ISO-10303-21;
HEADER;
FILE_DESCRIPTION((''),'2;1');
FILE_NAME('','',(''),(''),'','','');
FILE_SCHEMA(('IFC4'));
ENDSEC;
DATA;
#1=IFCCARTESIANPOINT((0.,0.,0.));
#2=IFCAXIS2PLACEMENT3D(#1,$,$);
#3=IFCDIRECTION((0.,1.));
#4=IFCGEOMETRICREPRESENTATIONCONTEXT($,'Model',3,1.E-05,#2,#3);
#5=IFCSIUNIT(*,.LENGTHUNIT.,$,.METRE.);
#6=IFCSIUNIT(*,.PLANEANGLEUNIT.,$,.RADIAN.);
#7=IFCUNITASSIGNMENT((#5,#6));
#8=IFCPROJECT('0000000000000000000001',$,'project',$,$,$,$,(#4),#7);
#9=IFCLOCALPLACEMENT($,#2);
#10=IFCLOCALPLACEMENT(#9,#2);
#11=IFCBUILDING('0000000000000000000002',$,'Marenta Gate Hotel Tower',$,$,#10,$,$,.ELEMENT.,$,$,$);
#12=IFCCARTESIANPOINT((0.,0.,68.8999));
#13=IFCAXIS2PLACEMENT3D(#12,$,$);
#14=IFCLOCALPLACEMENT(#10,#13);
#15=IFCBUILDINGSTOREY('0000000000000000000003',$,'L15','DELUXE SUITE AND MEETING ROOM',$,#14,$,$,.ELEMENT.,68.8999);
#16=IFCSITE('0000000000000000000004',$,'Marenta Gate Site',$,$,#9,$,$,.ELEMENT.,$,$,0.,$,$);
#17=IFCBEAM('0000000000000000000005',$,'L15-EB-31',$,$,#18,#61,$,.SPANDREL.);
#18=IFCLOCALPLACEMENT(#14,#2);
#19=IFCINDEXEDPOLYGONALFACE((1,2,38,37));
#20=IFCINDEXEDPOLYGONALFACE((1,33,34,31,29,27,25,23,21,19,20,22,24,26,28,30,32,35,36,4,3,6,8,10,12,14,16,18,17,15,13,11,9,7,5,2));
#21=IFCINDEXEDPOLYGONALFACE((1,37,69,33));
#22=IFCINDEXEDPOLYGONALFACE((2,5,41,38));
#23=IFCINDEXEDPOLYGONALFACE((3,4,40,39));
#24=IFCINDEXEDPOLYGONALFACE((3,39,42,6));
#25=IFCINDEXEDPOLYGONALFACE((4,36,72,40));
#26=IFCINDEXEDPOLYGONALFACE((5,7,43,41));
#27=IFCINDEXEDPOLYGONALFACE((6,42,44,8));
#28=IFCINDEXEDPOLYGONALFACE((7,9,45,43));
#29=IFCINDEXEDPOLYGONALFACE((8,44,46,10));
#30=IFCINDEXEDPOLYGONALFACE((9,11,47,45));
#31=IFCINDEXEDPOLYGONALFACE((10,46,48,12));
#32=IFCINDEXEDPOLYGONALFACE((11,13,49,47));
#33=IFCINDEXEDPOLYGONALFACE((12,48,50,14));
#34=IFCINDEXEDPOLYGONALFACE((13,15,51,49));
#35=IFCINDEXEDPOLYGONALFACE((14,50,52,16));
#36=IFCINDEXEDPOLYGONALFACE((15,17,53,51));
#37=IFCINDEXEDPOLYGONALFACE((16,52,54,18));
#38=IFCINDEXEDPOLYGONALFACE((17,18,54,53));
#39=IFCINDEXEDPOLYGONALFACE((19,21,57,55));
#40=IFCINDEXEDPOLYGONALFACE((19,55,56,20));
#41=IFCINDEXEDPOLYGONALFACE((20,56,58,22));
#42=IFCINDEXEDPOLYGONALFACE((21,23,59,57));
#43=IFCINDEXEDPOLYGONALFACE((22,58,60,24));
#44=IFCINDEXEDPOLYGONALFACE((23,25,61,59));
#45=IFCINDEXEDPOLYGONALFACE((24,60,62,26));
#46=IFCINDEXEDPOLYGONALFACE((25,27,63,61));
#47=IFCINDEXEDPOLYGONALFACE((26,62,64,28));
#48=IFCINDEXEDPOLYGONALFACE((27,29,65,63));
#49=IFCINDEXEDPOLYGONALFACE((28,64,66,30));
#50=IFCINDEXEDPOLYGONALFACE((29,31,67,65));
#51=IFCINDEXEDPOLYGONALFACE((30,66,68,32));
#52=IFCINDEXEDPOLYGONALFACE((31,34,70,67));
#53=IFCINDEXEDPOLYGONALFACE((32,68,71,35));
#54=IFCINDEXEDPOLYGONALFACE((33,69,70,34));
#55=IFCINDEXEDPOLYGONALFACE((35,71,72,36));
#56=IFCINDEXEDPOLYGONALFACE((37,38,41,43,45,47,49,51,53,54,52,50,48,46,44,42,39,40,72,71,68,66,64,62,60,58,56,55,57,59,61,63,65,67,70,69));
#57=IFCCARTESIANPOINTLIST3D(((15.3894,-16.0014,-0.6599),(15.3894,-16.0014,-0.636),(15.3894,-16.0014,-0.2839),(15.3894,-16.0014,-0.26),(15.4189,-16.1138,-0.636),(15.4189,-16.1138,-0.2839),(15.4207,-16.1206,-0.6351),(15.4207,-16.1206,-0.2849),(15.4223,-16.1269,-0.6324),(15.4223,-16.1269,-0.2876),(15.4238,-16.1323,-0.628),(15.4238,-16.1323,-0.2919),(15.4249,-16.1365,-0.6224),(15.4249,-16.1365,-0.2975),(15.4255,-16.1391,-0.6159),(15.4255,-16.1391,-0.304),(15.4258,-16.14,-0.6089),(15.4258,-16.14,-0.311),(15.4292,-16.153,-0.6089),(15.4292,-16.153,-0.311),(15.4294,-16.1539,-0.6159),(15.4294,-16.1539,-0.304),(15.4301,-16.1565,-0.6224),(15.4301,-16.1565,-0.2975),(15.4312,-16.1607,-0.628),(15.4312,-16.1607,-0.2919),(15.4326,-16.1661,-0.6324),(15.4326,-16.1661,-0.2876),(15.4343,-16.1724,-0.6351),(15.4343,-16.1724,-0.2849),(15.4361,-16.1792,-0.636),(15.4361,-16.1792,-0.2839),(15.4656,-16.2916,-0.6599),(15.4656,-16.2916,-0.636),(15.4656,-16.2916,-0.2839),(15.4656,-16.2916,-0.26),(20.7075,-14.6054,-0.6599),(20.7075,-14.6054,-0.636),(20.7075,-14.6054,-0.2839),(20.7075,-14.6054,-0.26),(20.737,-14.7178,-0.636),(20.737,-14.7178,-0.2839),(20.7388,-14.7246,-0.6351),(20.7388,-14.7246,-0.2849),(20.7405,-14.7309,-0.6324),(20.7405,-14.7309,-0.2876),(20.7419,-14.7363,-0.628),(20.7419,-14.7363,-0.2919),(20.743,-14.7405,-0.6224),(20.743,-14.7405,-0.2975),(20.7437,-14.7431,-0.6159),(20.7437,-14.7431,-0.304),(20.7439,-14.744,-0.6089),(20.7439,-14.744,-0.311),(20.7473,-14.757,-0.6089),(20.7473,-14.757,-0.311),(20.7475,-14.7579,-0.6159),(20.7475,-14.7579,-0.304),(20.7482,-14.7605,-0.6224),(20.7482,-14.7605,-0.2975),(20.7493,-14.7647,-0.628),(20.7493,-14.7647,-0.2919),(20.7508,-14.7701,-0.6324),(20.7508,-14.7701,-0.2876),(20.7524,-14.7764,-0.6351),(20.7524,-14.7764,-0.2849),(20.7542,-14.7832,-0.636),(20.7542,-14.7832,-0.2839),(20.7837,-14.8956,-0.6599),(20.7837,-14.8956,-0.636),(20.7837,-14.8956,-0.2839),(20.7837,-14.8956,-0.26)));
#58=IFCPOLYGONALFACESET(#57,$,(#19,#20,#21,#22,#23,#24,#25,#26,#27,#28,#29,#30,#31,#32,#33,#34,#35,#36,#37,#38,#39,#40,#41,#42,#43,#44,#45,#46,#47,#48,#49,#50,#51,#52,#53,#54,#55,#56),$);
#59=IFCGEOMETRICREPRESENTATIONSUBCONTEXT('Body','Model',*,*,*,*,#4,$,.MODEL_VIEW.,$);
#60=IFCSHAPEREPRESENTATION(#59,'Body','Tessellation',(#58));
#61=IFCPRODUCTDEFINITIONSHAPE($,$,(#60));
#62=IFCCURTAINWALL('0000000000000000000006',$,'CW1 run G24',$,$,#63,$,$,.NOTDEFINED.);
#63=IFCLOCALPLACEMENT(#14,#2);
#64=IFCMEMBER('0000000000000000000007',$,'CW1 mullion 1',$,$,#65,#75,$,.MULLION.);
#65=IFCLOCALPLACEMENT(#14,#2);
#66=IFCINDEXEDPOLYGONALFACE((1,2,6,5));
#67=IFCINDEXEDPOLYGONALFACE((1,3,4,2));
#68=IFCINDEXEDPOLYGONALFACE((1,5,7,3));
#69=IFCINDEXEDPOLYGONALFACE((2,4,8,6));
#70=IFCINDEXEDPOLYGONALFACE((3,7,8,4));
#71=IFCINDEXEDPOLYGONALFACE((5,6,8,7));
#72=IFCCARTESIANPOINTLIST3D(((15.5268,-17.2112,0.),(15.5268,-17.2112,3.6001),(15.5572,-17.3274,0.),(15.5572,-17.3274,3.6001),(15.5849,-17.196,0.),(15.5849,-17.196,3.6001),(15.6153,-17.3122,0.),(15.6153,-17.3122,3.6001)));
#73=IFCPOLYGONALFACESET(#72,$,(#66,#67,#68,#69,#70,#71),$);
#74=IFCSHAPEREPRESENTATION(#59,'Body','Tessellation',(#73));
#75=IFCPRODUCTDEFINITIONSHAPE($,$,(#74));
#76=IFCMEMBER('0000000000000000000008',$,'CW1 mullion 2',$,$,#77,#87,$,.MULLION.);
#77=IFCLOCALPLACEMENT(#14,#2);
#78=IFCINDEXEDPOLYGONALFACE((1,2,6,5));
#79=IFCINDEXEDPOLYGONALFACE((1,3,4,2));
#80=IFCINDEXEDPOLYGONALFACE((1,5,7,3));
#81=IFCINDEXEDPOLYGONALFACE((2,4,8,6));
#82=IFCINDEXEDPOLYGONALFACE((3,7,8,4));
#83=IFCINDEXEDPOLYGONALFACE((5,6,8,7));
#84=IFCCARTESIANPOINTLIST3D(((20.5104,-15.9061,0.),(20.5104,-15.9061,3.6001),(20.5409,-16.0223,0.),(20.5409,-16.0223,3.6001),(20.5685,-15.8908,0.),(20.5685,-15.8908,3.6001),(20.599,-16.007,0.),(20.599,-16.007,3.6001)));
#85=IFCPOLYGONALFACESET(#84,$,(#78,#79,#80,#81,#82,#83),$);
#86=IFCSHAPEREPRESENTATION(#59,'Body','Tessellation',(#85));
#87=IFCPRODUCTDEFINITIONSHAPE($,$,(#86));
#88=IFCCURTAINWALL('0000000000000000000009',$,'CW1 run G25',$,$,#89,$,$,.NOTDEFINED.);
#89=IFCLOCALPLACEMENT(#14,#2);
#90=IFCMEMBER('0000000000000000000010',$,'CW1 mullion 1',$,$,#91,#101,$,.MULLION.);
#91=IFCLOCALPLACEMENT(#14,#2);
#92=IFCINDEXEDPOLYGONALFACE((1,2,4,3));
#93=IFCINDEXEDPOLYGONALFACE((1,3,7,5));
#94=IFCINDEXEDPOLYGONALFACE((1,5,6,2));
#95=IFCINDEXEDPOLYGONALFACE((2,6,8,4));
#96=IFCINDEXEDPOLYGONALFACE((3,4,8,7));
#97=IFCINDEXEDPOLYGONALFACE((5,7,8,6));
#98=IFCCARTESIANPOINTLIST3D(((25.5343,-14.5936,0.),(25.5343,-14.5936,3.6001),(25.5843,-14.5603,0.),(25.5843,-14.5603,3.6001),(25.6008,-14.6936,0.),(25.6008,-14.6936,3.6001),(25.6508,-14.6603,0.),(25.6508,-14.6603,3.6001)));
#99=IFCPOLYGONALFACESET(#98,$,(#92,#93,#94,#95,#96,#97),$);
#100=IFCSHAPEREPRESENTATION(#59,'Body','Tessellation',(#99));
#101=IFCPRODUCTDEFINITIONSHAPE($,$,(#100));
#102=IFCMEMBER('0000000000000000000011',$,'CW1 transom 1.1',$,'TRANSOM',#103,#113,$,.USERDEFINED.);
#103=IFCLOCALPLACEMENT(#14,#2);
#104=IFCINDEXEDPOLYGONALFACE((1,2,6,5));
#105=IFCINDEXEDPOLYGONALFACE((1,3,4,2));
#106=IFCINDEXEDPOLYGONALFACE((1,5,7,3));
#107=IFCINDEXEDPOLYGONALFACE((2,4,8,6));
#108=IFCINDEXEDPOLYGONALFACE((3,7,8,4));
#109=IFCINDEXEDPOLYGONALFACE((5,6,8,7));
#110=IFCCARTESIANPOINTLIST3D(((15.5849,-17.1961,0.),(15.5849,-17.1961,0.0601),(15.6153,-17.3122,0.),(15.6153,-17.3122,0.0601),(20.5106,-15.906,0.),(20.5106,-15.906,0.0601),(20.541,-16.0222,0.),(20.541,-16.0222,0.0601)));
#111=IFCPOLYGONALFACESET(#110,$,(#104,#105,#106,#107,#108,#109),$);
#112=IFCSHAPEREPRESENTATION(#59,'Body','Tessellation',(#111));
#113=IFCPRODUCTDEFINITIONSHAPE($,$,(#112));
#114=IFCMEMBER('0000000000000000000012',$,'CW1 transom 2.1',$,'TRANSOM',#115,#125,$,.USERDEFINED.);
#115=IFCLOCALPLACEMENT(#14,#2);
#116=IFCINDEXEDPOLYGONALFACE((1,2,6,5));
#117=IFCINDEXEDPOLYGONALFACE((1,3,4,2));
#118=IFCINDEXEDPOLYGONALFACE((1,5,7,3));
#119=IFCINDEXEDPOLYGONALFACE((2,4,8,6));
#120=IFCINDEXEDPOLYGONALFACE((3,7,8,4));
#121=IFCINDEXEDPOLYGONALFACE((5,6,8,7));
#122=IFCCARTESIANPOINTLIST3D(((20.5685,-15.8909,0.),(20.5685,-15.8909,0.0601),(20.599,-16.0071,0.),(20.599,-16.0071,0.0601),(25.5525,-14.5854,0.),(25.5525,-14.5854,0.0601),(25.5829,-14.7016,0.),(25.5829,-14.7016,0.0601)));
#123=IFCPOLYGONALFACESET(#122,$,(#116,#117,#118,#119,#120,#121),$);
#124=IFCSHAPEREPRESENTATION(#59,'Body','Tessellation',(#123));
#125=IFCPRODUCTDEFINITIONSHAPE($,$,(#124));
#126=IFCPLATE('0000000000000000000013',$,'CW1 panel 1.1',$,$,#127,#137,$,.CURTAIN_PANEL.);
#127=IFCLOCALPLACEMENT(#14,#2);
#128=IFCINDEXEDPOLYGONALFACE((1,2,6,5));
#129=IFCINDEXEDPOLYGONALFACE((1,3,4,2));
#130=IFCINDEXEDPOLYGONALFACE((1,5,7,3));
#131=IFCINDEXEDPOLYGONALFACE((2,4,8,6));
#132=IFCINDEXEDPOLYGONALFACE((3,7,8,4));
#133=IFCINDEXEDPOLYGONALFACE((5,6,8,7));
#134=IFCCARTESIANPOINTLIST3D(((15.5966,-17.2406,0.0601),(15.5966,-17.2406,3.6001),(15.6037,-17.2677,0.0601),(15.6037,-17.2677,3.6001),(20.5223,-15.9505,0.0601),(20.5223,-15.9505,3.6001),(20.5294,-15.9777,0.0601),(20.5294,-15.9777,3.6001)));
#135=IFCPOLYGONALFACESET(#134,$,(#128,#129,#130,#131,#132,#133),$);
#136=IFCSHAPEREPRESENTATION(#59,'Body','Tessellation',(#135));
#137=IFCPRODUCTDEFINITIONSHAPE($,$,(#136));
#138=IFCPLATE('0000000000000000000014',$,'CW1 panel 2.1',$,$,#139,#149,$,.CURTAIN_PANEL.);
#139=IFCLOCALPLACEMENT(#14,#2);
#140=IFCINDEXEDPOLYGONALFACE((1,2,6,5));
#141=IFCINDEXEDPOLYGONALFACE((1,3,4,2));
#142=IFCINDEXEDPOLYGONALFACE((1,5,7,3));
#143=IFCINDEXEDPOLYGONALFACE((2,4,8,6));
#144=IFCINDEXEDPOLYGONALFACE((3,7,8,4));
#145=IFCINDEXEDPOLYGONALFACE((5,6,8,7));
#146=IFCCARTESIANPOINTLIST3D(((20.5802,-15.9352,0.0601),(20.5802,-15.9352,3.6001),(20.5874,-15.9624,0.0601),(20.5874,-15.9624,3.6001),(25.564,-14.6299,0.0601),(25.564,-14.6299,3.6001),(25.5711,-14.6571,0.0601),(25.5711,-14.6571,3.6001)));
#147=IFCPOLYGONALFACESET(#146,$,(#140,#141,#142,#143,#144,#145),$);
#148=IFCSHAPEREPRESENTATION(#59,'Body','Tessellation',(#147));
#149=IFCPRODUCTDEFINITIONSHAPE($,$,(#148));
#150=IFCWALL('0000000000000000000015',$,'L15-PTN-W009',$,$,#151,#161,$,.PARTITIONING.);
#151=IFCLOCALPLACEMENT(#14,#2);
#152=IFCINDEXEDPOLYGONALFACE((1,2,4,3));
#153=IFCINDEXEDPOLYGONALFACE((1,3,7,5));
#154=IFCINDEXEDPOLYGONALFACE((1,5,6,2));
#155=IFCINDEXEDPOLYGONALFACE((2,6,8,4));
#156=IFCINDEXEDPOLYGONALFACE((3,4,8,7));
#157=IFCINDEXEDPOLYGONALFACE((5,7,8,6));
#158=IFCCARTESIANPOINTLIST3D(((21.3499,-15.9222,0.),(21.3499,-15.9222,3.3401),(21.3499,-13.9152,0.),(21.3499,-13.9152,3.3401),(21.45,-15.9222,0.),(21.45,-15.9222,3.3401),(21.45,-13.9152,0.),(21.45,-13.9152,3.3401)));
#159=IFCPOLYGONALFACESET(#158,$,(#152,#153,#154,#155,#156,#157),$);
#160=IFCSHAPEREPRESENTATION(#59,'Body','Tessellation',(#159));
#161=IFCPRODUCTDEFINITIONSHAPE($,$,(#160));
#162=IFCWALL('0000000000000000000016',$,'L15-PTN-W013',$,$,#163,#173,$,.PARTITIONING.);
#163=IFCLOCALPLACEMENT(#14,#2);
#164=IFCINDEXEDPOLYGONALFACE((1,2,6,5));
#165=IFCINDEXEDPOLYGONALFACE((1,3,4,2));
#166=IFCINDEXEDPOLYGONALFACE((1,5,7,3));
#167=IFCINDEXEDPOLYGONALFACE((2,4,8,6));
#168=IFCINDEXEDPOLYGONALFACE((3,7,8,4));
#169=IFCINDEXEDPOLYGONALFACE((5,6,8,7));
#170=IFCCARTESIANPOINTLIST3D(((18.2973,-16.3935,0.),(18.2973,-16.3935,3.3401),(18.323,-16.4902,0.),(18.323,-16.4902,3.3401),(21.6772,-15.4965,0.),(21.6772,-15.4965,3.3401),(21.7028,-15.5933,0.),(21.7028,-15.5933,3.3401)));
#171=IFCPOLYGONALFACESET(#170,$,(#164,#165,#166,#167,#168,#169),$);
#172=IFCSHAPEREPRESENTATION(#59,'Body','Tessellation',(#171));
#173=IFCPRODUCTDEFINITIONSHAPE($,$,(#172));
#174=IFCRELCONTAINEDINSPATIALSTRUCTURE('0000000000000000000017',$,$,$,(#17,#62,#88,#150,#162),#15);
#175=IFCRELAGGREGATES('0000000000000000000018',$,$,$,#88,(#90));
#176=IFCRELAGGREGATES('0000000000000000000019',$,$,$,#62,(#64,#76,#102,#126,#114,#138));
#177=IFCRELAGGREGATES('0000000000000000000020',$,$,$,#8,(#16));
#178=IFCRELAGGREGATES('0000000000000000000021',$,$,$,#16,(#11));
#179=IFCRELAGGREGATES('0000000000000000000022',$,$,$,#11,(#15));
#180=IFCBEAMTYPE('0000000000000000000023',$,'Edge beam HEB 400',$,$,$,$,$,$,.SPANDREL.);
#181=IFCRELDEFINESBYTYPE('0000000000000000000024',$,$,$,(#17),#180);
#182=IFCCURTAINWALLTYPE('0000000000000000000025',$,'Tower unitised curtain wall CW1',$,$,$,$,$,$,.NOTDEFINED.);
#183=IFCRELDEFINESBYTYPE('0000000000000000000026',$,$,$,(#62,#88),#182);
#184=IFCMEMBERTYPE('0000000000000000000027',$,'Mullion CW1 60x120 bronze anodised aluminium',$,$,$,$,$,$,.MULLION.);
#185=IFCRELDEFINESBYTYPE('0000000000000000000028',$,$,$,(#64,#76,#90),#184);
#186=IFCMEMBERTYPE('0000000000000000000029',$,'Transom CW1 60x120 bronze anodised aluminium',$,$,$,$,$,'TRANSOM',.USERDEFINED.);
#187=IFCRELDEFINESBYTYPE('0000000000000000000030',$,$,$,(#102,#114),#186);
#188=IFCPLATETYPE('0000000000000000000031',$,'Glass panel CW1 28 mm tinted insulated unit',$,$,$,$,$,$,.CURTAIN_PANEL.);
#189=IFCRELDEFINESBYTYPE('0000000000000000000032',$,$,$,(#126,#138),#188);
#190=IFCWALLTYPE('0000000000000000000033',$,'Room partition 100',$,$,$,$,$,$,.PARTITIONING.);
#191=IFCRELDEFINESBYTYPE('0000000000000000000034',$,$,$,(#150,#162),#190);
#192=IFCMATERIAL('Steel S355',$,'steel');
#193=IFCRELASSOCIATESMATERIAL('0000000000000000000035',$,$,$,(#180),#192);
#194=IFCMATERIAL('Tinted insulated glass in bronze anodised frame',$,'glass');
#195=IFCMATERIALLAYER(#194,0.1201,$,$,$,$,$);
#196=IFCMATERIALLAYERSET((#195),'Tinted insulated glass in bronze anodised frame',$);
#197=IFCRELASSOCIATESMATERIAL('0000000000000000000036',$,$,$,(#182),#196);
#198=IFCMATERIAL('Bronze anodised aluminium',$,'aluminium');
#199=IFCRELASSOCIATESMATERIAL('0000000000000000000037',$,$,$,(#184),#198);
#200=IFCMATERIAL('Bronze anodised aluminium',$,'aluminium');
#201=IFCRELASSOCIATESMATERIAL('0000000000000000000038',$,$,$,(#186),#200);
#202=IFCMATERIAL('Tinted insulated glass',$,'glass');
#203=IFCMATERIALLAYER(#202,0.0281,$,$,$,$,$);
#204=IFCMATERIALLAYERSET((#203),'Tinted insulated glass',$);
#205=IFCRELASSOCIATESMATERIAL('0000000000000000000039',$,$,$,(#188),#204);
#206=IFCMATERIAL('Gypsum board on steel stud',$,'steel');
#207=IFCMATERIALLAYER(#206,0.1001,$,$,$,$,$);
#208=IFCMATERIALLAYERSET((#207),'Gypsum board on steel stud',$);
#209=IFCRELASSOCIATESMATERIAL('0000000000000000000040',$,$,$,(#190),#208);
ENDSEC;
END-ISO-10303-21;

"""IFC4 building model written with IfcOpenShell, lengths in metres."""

from ifc_helpers import new_model, si_unit, direction, frame, frame_2d, origin, origin_2d, place, context, subcontext, project, spatial, rectangle, i_section, extrude, material, layer, layer_set, material_profile, profile_set, type_object, element, aggregate, save


model = new_model("IFC4")

# Units and contexts
model_context = context("Model", 3, precision=1e-05, world=origin(), true_north=direction((0.0, 1.0)))
body_context = subcontext(model_context, "Body", "Model", "MODEL_VIEW")
ifc_project = project(units=[si_unit("LENGTHUNIT", "METRE"), si_unit("PLANEANGLEUNIT", "RADIAN")], contexts=[model_context])

# Site, building, storey
site_placement = place(None, origin())
site = spatial("IfcSite", under=ifc_project, at=site_placement, Name="Marenta Gate Site", CompositionType="ELEMENT", RefElevation=0.0)
building_placement = place(site_placement, origin())
building = spatial("IfcBuilding", under=site, at=building_placement, Name="Marenta Gate Hotel Tower", CompositionType="ELEMENT")
storey_placement = place(building_placement, frame((0.0, 0.0, 68.8999)))
storey = spatial("IfcBuildingStorey", under=building, at=storey_placement, Name="L15", Description="DELUXE SUITE AND MEETING ROOM", CompositionType="ELEMENT", Elevation=68.8999)

# Beam
ifc_material_1 = material(Name="Steel S355", Category="steel")
ifc_material_profile_1 = material_profile(ifc_material_1, i_section(OverallWidth=0.3, OverallDepth=0.3999, WebThickness=0.0134, FlangeThickness=0.0239, FilletRadius=0.0271, at=origin_2d()), Name="HEB 400")
ifc_profile_set_1 = profile_set([ifc_material_profile_1], Name="Steel S355")
beam_type = type_object("IfcBeamType", Name="Edge beam HEB 400", PredefinedType="SPANDREL", material=ifc_profile_set_1)
beam_1_placement = place(storey_placement, frame((20.7456, -14.7505, -0.46), z_axis=(-0.967231, -0.253897, 0.0), x_axis=(0.253897, -0.967231, 0.0)))
element("IfcBeam", 1, at=beam_1_placement, inside=storey, type_object=beam_type, Name="L15-EB-31", PredefinedType="SPANDREL", context=body_context, shape_type="SweptSolid", body=[
    extrude(i_section(OverallWidth=0.3, OverallDepth=0.3999, WebThickness=0.0134, FlangeThickness=0.0239, FilletRadius=0.0271, at=origin_2d()), origin(), (0.0, 0.0, 1.0), 5.4983),
])

# Curtain wall, members
ifc_material_2 = material(Name="Tinted insulated glass in bronze anodised frame", Category="glass")
ifc_layer_1 = layer(ifc_material_2, 0.1201)
ifc_layer_set_1 = layer_set([ifc_layer_1], Name="Tinted insulated glass in bronze anodised frame")
curtain_wall_type = type_object("IfcCurtainWallType", Name="Tower unitised curtain wall CW1", PredefinedType="NOTDEFINED", material=ifc_layer_set_1)
curtain_wall_1_placement = place(storey_placement, origin())
curtain_wall_1 = element("IfcCurtainWall", 2, at=curtain_wall_1_placement, inside=storey, type_object=curtain_wall_type, Name="CW1 run G24", PredefinedType="NOTDEFINED")
ifc_material_3 = material(Name="Bronze anodised aluminium", Category="aluminium")
ifc_material_profile_2 = material_profile(ifc_material_3, rectangle(XDim=0.1201, YDim=0.0601, at=origin_2d()), Name="Mullion CW1 60x120 bronze anodised aluminium")
ifc_profile_set_2 = profile_set([ifc_material_profile_2], Name="Bronze anodised aluminium")
member_type_1 = type_object("IfcMemberType", Name="Mullion CW1 60x120 bronze anodised aluminium", PredefinedType="MULLION", material=ifc_profile_set_2)
member_1_placement = place(storey_placement, frame((15.571, -17.2617, 0.0), z_axis=(0.0, 0.0, 1.0), x_axis=(-0.253364, 0.967371, 0.0)))
member_1 = element("IfcMember", 3, at=member_1_placement, type_object=member_type_1, Name="CW1 mullion 1", PredefinedType="MULLION", context=body_context, shape_type="SweptSolid", body=[
    extrude(rectangle(XDim=0.1201, YDim=0.0601, at=origin_2d()), origin(), (0.0, 0.0, 1.0), 3.6001),
])
member_2_placement = place(storey_placement, frame((20.5547, -15.9565, 0.0), z_axis=(0.0, 0.0, 1.0), x_axis=(-0.253364, 0.967371, 0.0)))
member_2 = element("IfcMember", 4, at=member_2_placement, type_object=member_type_1, Name="CW1 mullion 2", PredefinedType="MULLION", context=body_context, shape_type="SweptSolid", body=[
    extrude(rectangle(XDim=0.1201, YDim=0.0601, at=origin_2d()), origin(), (0.0, 0.0, 1.0), 3.6001),
])

# Curtain wall, member
curtain_wall_2_placement = place(storey_placement, origin())
curtain_wall_2 = element("IfcCurtainWall", 5, at=curtain_wall_2_placement, inside=storey, type_object=curtain_wall_type, Name="CW1 run G25", PredefinedType="NOTDEFINED")
member_3_placement = place(storey_placement, frame((25.5925, -14.627, 0.0), z_axis=(0.0, 0.0, 1.0), x_axis=(-0.554068, 0.832471, 0.0)))
member_3 = element("IfcMember", 6, at=member_3_placement, type_object=member_type_1, Name="CW1 mullion 1", PredefinedType="MULLION", context=body_context, shape_type="SweptSolid", body=[
    extrude(rectangle(XDim=0.1201, YDim=0.0601, at=origin_2d()), origin(), (0.0, 0.0, 1.0), 3.6001),
])
aggregate(curtain_wall_2, [member_3])

# Members
ifc_material_4 = material(Name="Bronze anodised aluminium", Category="aluminium")
ifc_material_profile_3 = material_profile(ifc_material_4, rectangle(XDim=0.1201, YDim=0.0601, at=origin_2d()), Name="Transom CW1 60x120 bronze anodised aluminium")
ifc_profile_set_3 = profile_set([ifc_material_profile_3], Name="Bronze anodised aluminium")
member_type_2 = type_object("IfcMemberType", Name="Transom CW1 60x120 bronze anodised aluminium", ElementType="TRANSOM", PredefinedType="USERDEFINED", material=ifc_profile_set_3)
member_4_placement = place(storey_placement, frame((15.6001, -17.2542, 0.03), z_axis=(0.967374, 0.253351, 0.0), x_axis=(-0.253351, 0.967374, 0.0)))
member_4 = element("IfcMember", 7, at=member_4_placement, type_object=member_type_2, Name="CW1 transom 1.1", ObjectType="TRANSOM", PredefinedType="USERDEFINED", context=body_context, shape_type="SweptSolid", body=[
    extrude(rectangle(XDim=0.1201, YDim=0.0601, at=origin_2d()), origin(), (0.0, 0.0, 1.0), 5.0918),
])
member_5_placement = place(storey_placement, frame((20.5837, -15.949, 0.03), z_axis=(0.967367, 0.253381, 0.0), x_axis=(-0.253381, 0.967367, 0.0)))
member_5 = element("IfcMember", 8, at=member_5_placement, type_object=member_type_2, Name="CW1 transom 2.1", ObjectType="TRANSOM", PredefinedType="USERDEFINED", context=body_context, shape_type="SweptSolid", body=[
    extrude(rectangle(XDim=0.1201, YDim=0.0601, at=origin_2d()), origin(), (0.0, 0.0, 1.0), 5.1521),
])

# Plates
ifc_material_5 = material(Name="Tinted insulated glass", Category="glass")
ifc_layer_2 = layer(ifc_material_5, 0.0281)
ifc_layer_set_2 = layer_set([ifc_layer_2], Name="Tinted insulated glass")
plate_type = type_object("IfcPlateType", Name="Glass panel CW1 28 mm tinted insulated unit", PredefinedType="CURTAIN_PANEL", material=ifc_layer_set_2)
plate_1_placement = place(storey_placement, frame((18.063, -16.6091, 0.0601), z_axis=(0.0, 0.0, 1.0), x_axis=(0.967371, 0.253364, 0.0)))
plate_1 = element("IfcPlate", 9, at=plate_1_placement, type_object=plate_type, Name="CW1 panel 1.1", PredefinedType="CURTAIN_PANEL", context=body_context, shape_type="SweptSolid", body=[
    extrude(rectangle(XDim=5.0918, YDim=0.0281, at=origin_2d()), origin(), (0.0, 0.0, 1.0), 3.54),
])
plate_2_placement = place(storey_placement, frame((23.0757, -15.2961, 0.0601), z_axis=(0.0, 0.0, 1.0), x_axis=(0.967371, 0.253364, 0.0)))
plate_2 = element("IfcPlate", 10, at=plate_2_placement, type_object=plate_type, Name="CW1 panel 2.1", PredefinedType="CURTAIN_PANEL", context=body_context, shape_type="SweptSolid", body=[
    extrude(rectangle(XDim=5.1519, YDim=0.0281, at=origin_2d()), origin(), (0.0, 0.0, 1.0), 3.54),
])
aggregate(curtain_wall_1, [member_1, member_2, member_4, plate_1, member_5, plate_2])

# Walls
ifc_material_6 = material(Name="Gypsum board on steel stud", Category="steel")
ifc_layer_3 = layer(ifc_material_6, 0.1001)
ifc_layer_set_3 = layer_set([ifc_layer_3], Name="Gypsum board on steel stud")
wall_type_1 = type_object("IfcWallType", Name="Room partition 100", PredefinedType="PARTITIONING", material=ifc_layer_set_3)
wall_1_placement = place(storey_placement, frame((21.3999, -15.9221, 0.0), z_axis=(0.0, 0.0, 1.0), x_axis=(0.0, 1.0, 0.0)))
element("IfcWall", 11, at=wall_1_placement, inside=storey, type_object=wall_type_1, Name="L15-PTN-W009", PredefinedType="PARTITIONING", context=body_context, shape_type="SweptSolid", body=[
    extrude(rectangle(XDim=2.0071, YDim=0.1001, at=frame_2d((1.0034, 0.0))), origin(), (0.0, 0.0, 1.0), 3.3401),
])
wall_2_placement = place(storey_placement, frame((18.3101, -16.4419, 0.0), z_axis=(0.0, 0.0, 1.0), x_axis=(0.966542, 0.256507, 0.0)))
element("IfcWall", 12, at=wall_2_placement, inside=storey, type_object=wall_type_1, Name="L15-PTN-W013", PredefinedType="PARTITIONING", context=body_context, shape_type="SweptSolid", body=[
    extrude(rectangle(XDim=3.4968, YDim=0.1001, at=frame_2d((1.7485, 0.0))), origin(), (0.0, 0.0, 1.0), 3.3401),
])

save(model, "model.ifc")
